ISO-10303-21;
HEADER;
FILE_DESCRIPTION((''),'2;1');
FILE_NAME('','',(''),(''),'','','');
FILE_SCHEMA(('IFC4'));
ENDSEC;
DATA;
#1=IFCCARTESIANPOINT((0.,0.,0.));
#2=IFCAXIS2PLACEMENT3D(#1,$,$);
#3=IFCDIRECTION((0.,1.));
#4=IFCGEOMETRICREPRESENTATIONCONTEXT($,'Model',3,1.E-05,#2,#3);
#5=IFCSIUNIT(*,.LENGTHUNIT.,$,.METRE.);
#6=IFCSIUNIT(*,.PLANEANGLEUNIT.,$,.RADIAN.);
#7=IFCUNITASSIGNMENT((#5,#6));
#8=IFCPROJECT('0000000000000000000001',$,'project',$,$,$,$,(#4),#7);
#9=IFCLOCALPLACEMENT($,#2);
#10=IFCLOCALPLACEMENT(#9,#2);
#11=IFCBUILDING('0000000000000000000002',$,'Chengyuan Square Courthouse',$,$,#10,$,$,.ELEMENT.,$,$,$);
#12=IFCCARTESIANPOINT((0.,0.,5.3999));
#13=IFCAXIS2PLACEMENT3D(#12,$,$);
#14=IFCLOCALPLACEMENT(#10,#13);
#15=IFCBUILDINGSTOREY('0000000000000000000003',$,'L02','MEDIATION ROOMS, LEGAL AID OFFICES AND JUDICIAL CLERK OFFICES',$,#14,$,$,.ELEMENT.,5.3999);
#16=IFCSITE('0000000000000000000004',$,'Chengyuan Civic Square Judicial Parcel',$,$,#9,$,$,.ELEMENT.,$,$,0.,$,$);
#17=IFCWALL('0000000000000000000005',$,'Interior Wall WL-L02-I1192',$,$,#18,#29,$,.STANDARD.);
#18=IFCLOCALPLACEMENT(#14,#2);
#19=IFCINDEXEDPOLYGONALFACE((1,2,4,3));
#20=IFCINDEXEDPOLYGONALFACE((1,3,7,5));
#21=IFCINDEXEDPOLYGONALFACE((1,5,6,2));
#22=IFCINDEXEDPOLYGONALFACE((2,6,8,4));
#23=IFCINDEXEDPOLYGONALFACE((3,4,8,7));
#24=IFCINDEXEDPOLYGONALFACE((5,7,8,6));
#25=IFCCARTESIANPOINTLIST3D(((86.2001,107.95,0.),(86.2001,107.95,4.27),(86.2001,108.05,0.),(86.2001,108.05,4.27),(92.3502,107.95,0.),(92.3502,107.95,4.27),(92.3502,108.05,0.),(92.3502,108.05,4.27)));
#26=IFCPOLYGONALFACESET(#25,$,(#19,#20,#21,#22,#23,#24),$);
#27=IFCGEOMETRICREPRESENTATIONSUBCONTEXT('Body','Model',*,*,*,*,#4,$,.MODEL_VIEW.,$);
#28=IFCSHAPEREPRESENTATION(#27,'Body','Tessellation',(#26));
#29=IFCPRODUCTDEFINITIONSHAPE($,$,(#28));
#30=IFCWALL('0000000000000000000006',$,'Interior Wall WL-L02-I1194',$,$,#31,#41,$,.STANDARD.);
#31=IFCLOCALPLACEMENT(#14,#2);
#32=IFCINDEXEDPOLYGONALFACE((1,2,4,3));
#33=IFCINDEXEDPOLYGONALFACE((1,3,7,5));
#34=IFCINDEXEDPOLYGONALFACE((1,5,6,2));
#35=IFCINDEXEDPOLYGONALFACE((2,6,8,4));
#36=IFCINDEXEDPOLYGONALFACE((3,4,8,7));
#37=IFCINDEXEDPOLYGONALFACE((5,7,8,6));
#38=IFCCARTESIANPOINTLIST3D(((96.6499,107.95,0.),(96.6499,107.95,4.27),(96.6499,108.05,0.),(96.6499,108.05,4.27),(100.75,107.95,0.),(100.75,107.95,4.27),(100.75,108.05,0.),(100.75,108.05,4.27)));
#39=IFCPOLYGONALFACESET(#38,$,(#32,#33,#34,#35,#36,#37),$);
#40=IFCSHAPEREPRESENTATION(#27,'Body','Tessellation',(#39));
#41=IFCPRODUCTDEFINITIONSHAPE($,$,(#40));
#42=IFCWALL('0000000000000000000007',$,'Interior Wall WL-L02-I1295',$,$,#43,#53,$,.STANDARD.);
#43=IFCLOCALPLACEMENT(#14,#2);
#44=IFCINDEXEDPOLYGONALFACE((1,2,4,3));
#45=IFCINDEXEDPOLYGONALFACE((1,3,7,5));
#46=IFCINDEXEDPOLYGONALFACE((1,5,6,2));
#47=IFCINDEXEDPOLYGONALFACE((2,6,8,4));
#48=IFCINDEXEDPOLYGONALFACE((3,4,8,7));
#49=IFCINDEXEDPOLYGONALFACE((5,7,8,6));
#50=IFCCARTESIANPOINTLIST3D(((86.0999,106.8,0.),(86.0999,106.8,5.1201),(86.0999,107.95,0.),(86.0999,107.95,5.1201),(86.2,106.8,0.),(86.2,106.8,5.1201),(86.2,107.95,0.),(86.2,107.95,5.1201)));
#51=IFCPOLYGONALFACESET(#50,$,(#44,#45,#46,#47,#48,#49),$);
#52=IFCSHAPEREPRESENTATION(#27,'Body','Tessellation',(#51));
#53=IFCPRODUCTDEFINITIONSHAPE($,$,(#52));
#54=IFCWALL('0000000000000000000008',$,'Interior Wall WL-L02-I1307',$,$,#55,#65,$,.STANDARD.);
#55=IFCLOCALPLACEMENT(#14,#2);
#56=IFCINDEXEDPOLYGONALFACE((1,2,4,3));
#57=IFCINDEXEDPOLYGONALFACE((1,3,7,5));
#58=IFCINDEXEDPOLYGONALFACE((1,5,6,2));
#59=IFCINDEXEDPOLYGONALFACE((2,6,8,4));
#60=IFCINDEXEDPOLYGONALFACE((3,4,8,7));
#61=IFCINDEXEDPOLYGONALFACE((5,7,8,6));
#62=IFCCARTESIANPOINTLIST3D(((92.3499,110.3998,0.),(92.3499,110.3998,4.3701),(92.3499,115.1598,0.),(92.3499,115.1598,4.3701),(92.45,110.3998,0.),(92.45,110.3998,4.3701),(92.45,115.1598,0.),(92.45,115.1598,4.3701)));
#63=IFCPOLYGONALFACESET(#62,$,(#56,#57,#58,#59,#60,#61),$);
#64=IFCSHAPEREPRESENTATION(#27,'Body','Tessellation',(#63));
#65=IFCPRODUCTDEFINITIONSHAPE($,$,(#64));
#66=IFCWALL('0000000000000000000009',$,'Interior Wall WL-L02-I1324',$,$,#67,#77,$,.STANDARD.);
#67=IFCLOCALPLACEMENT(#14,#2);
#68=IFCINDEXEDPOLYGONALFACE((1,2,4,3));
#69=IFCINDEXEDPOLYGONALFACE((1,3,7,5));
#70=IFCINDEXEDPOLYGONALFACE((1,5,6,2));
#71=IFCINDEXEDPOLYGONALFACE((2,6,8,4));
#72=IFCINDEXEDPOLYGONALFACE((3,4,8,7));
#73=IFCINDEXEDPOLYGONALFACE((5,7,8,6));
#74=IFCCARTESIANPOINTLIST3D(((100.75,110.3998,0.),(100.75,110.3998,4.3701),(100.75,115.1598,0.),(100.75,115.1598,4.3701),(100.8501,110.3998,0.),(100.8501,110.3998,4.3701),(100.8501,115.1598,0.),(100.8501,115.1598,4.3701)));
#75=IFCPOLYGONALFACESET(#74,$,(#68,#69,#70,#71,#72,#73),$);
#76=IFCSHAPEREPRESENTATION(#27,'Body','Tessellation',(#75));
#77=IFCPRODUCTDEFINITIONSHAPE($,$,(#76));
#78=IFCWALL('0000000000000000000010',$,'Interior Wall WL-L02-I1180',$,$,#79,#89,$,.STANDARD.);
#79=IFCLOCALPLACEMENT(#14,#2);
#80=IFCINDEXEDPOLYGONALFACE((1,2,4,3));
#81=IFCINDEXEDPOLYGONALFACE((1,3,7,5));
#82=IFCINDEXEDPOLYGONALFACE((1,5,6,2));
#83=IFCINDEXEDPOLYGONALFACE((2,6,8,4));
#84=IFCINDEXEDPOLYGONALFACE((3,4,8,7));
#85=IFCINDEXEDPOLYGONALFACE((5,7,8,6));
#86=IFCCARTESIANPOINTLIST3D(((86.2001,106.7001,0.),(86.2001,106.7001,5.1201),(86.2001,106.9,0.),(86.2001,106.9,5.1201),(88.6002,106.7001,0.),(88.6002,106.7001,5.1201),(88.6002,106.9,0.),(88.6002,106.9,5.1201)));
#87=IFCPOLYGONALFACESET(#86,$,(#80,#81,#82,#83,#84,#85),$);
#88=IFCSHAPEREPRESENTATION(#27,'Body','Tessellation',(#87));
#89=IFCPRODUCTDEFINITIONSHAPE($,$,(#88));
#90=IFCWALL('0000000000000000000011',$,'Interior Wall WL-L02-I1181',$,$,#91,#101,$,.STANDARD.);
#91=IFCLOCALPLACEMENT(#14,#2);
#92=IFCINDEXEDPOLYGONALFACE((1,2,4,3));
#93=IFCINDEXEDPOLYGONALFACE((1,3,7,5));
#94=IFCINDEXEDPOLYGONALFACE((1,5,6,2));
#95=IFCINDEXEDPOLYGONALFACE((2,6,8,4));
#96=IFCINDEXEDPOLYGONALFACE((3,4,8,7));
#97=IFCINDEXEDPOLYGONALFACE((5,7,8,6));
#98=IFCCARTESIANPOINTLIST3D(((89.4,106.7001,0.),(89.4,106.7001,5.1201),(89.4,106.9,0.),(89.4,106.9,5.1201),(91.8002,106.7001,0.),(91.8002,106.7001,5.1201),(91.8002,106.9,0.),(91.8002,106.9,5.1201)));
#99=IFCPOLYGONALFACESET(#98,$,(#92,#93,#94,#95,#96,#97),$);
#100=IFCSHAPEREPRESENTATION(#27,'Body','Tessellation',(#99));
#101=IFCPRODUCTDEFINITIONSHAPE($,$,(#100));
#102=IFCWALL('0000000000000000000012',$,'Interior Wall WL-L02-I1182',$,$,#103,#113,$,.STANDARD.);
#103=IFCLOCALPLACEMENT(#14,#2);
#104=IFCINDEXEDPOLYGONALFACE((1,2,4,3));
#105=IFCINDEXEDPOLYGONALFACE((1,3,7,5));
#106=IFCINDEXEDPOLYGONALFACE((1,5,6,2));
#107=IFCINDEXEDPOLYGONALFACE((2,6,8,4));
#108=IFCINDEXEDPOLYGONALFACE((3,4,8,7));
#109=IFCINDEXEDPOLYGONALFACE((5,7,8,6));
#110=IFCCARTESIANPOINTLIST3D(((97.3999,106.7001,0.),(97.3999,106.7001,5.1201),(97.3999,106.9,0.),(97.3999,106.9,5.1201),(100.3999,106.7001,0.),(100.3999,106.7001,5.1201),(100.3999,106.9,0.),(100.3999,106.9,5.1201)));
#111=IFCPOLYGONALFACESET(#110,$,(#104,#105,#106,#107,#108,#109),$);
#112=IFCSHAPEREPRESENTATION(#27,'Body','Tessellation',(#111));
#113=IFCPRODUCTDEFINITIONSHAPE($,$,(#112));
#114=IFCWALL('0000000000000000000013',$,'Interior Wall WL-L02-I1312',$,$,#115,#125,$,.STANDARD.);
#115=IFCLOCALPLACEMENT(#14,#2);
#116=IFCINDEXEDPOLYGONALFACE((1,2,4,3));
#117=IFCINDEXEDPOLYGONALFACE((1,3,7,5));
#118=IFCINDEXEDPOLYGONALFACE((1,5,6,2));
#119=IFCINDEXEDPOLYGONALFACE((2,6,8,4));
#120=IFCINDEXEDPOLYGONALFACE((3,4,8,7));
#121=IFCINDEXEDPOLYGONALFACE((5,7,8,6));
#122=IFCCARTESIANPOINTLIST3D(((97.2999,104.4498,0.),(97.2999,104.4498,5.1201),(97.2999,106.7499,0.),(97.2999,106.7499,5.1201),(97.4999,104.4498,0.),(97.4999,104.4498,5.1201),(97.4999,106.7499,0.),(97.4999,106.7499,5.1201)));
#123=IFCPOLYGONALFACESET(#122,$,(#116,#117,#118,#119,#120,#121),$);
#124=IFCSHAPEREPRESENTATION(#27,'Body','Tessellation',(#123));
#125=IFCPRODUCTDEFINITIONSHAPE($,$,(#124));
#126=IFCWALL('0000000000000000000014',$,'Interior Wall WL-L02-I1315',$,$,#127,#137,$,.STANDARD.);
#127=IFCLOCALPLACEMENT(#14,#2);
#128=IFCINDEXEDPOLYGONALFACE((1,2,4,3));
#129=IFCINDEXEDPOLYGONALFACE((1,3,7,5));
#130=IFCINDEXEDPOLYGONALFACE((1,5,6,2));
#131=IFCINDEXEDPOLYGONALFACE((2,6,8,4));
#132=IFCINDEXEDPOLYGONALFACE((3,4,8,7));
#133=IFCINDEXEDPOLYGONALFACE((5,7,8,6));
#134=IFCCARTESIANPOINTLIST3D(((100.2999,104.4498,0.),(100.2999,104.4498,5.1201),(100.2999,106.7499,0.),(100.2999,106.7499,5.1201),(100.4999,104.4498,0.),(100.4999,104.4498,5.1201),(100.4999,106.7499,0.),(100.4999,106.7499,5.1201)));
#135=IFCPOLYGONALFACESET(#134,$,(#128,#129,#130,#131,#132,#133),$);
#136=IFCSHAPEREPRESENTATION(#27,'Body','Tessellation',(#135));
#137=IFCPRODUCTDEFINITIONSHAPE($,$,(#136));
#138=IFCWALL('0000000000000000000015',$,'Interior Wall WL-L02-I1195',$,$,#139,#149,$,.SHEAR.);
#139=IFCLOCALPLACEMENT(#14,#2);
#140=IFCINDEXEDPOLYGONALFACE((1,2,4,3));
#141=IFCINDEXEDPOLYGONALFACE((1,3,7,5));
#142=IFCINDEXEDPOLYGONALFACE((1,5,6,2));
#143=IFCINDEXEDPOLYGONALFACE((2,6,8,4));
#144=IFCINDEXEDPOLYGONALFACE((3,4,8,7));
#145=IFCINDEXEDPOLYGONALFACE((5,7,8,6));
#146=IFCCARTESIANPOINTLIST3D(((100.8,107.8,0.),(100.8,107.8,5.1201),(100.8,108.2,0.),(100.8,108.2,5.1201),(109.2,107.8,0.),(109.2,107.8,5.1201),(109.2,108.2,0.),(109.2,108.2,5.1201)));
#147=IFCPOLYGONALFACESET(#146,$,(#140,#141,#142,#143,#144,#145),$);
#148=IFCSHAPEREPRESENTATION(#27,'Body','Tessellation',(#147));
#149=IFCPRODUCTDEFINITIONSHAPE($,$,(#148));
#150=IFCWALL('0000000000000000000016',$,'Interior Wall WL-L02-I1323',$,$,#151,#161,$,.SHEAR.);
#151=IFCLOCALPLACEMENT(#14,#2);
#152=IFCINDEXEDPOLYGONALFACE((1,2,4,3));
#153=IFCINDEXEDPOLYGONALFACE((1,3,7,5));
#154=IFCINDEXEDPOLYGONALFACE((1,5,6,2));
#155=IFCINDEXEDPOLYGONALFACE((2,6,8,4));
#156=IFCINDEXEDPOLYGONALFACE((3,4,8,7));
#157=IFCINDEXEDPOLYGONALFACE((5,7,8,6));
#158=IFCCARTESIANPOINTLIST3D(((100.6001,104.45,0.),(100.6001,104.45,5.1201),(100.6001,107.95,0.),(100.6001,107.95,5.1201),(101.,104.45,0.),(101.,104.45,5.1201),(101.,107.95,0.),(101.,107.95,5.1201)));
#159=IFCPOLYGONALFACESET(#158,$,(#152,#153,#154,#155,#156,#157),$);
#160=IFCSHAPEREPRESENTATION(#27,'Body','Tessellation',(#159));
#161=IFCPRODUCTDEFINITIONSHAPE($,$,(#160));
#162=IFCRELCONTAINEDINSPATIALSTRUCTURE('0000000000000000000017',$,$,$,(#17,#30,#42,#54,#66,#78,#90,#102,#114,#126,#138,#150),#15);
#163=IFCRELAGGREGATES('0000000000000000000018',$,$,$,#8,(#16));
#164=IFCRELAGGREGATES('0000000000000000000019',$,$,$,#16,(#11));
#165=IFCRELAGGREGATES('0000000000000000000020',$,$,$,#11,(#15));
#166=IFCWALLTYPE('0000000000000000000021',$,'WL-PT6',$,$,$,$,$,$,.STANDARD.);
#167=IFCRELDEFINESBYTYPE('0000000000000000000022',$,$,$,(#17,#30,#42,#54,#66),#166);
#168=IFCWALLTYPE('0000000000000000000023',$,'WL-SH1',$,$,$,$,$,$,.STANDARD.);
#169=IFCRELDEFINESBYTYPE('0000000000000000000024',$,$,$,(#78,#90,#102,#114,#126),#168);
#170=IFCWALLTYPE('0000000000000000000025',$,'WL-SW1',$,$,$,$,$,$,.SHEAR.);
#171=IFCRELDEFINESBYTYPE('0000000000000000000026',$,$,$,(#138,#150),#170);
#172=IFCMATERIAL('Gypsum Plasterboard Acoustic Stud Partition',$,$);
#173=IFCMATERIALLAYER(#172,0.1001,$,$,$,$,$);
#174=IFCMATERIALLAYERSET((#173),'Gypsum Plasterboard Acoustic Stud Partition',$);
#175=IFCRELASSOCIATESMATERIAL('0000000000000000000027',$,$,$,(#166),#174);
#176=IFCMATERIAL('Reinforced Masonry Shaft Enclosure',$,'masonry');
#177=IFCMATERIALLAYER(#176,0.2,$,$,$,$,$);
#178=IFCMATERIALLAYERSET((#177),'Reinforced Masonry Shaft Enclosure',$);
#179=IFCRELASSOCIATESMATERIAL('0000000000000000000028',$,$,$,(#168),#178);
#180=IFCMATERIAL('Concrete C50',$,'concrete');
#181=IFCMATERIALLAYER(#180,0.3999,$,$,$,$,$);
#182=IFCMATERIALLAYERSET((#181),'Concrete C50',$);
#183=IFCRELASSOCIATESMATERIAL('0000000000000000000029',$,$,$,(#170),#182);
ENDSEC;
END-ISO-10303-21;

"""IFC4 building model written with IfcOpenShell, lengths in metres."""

from ifc_helpers import new_model, si_unit, direction, frame, frame_2d, origin, place, context, subcontext, project, spatial, rectangle, extrude, material, layer, layer_set, type_object, element, save


model = new_model("IFC4")

# Units and contexts
model_context = context("Model", 3, precision=1e-05, world=origin(), true_north=direction((0.0, 1.0)))
body_context = subcontext(model_context, "Body", "Model", "MODEL_VIEW")
ifc_project = project(units=[si_unit("LENGTHUNIT", "METRE"), si_unit("PLANEANGLEUNIT", "RADIAN")], contexts=[model_context])

# Site, building, storey
site_placement = place(None, origin())
site = spatial("IfcSite", under=ifc_project, at=site_placement, Name="Chengyuan Civic Square Judicial Parcel", CompositionType="ELEMENT", RefElevation=0.0)
building_placement = place(site_placement, origin())
building = spatial("IfcBuilding", under=site, at=building_placement, Name="Chengyuan Square Courthouse", CompositionType="ELEMENT")
storey_placement = place(building_placement, frame((0.0, 0.0, 5.3999)))
storey = spatial("IfcBuildingStorey", under=building, at=storey_placement, Name="L02", Description="MEDIATION ROOMS, LEGAL AID OFFICES AND JUDICIAL CLERK OFFICES", CompositionType="ELEMENT", Elevation=5.3999)

# Shared definitions
ifc_material_1 = material(Name="Concrete C50", Category="concrete")

# Walls
ifc_material_2 = material(Name="Gypsum Plasterboard Acoustic Stud Partition")
ifc_layer_1 = layer(ifc_material_2, 0.1001)
ifc_layer_set_1 = layer_set([ifc_layer_1], Name="Gypsum Plasterboard Acoustic Stud Partition")
wall_type_1 = type_object("IfcWallType", Name="WL-PT6", PredefinedType="STANDARD", material=ifc_layer_set_1)
wall_1_placement = place(storey_placement, frame((86.2, 108.0, 0.0), z_axis=(0.0, 0.0, 1.0), x_axis=(1.0, 0.0, 0.0)))
element("IfcWall", 1, at=wall_1_placement, inside=storey, type_object=wall_type_1, Name="Interior Wall WL-L02-I1192", PredefinedType="STANDARD", context=body_context, shape_type="SweptSolid", body=[
    extrude(rectangle(XDim=6.1501, YDim=0.1001, at=frame_2d((3.0752, 0.0))), origin(), (0.0, 0.0, 1.0), 4.27),
])
wall_2_placement = place(storey_placement, frame((96.6499, 108.0, 0.0), z_axis=(0.0, 0.0, 1.0), x_axis=(1.0, 0.0, 0.0)))
element("IfcWall", 2, at=wall_2_placement, inside=storey, type_object=wall_type_1, Name="Interior Wall WL-L02-I1194", PredefinedType="STANDARD", context=body_context, shape_type="SweptSolid", body=[
    extrude(rectangle(XDim=4.1001, YDim=0.1001, at=frame_2d((2.05, 0.0))), origin(), (0.0, 0.0, 1.0), 4.27),
])
wall_3_placement = place(storey_placement, frame((86.1499, 106.8, 0.0), z_axis=(0.0, 0.0, 1.0), x_axis=(0.0, 1.0, 0.0)))
element("IfcWall", 3, at=wall_3_placement, inside=storey, type_object=wall_type_1, Name="Interior Wall WL-L02-I1295", PredefinedType="STANDARD", context=body_context, shape_type="SweptSolid", body=[
    extrude(rectangle(XDim=1.1499, YDim=0.1001, at=frame_2d((0.575, 0.0))), origin(), (0.0, 0.0, 1.0), 5.1201),
])
for number, where, z_axis, x_axis, name in (
    (4, (92.3999, 110.3999, 0.0), (0.0, 0.0, 1.0), (0.0, 1.0, 0.0), "Interior Wall WL-L02-I1307"),
    (5, (100.8, 110.3999, 0.0), (0.0, 0.0, 1.0), (0.0, 1.0, 0.0), "Interior Wall WL-L02-I1324"),
):
    element("IfcWall", number, at=place(storey_placement, frame(where, z_axis=z_axis, x_axis=x_axis)), inside=storey, type_object=wall_type_1, Name=name, PredefinedType="STANDARD", context=body_context, shape_type="SweptSolid", body=[
        extrude(rectangle(XDim=4.76, YDim=0.1001, at=frame_2d((2.3799, 0.0))), origin(), (0.0, 0.0, 1.0), 4.3701),
    ])
ifc_material_3 = material(Name="Reinforced Masonry Shaft Enclosure", Category="masonry")
ifc_layer_2 = layer(ifc_material_3, 0.2)
ifc_layer_set_2 = layer_set([ifc_layer_2], Name="Reinforced Masonry Shaft Enclosure")
wall_type_2 = type_object("IfcWallType", Name="WL-SH1", PredefinedType="STANDARD", material=ifc_layer_set_2)
for number, where, z_axis, x_axis, name in (
    (6, (86.2, 106.8, 0.0), (0.0, 0.0, 1.0), (1.0, 0.0, 0.0), "Interior Wall WL-L02-I1180"),
    (7, (89.3999, 106.8, 0.0), (0.0, 0.0, 1.0), (1.0, 0.0, 0.0), "Interior Wall WL-L02-I1181"),
):
    element("IfcWall", number, at=place(storey_placement, frame(where, z_axis=z_axis, x_axis=x_axis)), inside=storey, type_object=wall_type_2, Name=name, PredefinedType="STANDARD", context=body_context, shape_type="SweptSolid", body=[
        extrude(rectangle(XDim=2.4001, YDim=0.2, at=frame_2d((1.2002, 0.0))), origin(), (0.0, 0.0, 1.0), 5.1201),
    ])
wall_4_placement = place(storey_placement, frame((97.3999, 106.8, 0.0), z_axis=(0.0, 0.0, 1.0), x_axis=(1.0, 0.0, 0.0)))
element("IfcWall", 8, at=wall_4_placement, inside=storey, type_object=wall_type_2, Name="Interior Wall WL-L02-I1182", PredefinedType="STANDARD", context=body_context, shape_type="SweptSolid", body=[
    extrude(rectangle(XDim=3.0, YDim=0.2, at=frame_2d((1.5, 0.0))), origin(), (0.0, 0.0, 1.0), 5.1201),
])
for number, where, z_axis, x_axis, name in (
    (9, (97.3999, 104.45, 0.0), (0.0, 0.0, 1.0), (0.0, 1.0, 0.0), "Interior Wall WL-L02-I1312"),
    (10, (100.3999, 104.45, 0.0), (0.0, 0.0, 1.0), (0.0, 1.0, 0.0), "Interior Wall WL-L02-I1315"),
):
    element("IfcWall", number, at=place(storey_placement, frame(where, z_axis=z_axis, x_axis=x_axis)), inside=storey, type_object=wall_type_2, Name=name, PredefinedType="STANDARD", context=body_context, shape_type="SweptSolid", body=[
        extrude(rectangle(XDim=2.3, YDim=0.2, at=frame_2d((1.1499, 0.0))), origin(), (0.0, 0.0, 1.0), 5.1201),
    ])
ifc_layer_3 = layer(ifc_material_1, 0.3999)
ifc_layer_set_3 = layer_set([ifc_layer_3], Name="Concrete C50")
wall_type_3 = type_object("IfcWallType", Name="WL-SW1", PredefinedType="SHEAR", material=ifc_layer_set_3)
wall_5_placement = place(storey_placement, frame((100.8, 108.0, 0.0), z_axis=(0.0, 0.0, 1.0), x_axis=(1.0, 0.0, 0.0)))
element("IfcWall", 11, at=wall_5_placement, inside=storey, type_object=wall_type_3, Name="Interior Wall WL-L02-I1195", PredefinedType="SHEAR", context=body_context, shape_type="SweptSolid", body=[
    extrude(rectangle(XDim=8.3999, YDim=0.3999, at=frame_2d((4.2, 0.0))), origin(), (0.0, 0.0, 1.0), 5.1201),
])
wall_6_placement = place(storey_placement, frame((100.8, 104.45, 0.0), z_axis=(0.0, 0.0, 1.0), x_axis=(0.0, 1.0, 0.0)))
element("IfcWall", 12, at=wall_6_placement, inside=storey, type_object=wall_type_3, Name="Interior Wall WL-L02-I1323", PredefinedType="SHEAR", context=body_context, shape_type="SweptSolid", body=[
    extrude(rectangle(XDim=3.5, YDim=0.3999, at=frame_2d((1.75, 0.0))), origin(), (0.0, 0.0, 1.0), 5.1201),
])

save(model, "model.ifc")
